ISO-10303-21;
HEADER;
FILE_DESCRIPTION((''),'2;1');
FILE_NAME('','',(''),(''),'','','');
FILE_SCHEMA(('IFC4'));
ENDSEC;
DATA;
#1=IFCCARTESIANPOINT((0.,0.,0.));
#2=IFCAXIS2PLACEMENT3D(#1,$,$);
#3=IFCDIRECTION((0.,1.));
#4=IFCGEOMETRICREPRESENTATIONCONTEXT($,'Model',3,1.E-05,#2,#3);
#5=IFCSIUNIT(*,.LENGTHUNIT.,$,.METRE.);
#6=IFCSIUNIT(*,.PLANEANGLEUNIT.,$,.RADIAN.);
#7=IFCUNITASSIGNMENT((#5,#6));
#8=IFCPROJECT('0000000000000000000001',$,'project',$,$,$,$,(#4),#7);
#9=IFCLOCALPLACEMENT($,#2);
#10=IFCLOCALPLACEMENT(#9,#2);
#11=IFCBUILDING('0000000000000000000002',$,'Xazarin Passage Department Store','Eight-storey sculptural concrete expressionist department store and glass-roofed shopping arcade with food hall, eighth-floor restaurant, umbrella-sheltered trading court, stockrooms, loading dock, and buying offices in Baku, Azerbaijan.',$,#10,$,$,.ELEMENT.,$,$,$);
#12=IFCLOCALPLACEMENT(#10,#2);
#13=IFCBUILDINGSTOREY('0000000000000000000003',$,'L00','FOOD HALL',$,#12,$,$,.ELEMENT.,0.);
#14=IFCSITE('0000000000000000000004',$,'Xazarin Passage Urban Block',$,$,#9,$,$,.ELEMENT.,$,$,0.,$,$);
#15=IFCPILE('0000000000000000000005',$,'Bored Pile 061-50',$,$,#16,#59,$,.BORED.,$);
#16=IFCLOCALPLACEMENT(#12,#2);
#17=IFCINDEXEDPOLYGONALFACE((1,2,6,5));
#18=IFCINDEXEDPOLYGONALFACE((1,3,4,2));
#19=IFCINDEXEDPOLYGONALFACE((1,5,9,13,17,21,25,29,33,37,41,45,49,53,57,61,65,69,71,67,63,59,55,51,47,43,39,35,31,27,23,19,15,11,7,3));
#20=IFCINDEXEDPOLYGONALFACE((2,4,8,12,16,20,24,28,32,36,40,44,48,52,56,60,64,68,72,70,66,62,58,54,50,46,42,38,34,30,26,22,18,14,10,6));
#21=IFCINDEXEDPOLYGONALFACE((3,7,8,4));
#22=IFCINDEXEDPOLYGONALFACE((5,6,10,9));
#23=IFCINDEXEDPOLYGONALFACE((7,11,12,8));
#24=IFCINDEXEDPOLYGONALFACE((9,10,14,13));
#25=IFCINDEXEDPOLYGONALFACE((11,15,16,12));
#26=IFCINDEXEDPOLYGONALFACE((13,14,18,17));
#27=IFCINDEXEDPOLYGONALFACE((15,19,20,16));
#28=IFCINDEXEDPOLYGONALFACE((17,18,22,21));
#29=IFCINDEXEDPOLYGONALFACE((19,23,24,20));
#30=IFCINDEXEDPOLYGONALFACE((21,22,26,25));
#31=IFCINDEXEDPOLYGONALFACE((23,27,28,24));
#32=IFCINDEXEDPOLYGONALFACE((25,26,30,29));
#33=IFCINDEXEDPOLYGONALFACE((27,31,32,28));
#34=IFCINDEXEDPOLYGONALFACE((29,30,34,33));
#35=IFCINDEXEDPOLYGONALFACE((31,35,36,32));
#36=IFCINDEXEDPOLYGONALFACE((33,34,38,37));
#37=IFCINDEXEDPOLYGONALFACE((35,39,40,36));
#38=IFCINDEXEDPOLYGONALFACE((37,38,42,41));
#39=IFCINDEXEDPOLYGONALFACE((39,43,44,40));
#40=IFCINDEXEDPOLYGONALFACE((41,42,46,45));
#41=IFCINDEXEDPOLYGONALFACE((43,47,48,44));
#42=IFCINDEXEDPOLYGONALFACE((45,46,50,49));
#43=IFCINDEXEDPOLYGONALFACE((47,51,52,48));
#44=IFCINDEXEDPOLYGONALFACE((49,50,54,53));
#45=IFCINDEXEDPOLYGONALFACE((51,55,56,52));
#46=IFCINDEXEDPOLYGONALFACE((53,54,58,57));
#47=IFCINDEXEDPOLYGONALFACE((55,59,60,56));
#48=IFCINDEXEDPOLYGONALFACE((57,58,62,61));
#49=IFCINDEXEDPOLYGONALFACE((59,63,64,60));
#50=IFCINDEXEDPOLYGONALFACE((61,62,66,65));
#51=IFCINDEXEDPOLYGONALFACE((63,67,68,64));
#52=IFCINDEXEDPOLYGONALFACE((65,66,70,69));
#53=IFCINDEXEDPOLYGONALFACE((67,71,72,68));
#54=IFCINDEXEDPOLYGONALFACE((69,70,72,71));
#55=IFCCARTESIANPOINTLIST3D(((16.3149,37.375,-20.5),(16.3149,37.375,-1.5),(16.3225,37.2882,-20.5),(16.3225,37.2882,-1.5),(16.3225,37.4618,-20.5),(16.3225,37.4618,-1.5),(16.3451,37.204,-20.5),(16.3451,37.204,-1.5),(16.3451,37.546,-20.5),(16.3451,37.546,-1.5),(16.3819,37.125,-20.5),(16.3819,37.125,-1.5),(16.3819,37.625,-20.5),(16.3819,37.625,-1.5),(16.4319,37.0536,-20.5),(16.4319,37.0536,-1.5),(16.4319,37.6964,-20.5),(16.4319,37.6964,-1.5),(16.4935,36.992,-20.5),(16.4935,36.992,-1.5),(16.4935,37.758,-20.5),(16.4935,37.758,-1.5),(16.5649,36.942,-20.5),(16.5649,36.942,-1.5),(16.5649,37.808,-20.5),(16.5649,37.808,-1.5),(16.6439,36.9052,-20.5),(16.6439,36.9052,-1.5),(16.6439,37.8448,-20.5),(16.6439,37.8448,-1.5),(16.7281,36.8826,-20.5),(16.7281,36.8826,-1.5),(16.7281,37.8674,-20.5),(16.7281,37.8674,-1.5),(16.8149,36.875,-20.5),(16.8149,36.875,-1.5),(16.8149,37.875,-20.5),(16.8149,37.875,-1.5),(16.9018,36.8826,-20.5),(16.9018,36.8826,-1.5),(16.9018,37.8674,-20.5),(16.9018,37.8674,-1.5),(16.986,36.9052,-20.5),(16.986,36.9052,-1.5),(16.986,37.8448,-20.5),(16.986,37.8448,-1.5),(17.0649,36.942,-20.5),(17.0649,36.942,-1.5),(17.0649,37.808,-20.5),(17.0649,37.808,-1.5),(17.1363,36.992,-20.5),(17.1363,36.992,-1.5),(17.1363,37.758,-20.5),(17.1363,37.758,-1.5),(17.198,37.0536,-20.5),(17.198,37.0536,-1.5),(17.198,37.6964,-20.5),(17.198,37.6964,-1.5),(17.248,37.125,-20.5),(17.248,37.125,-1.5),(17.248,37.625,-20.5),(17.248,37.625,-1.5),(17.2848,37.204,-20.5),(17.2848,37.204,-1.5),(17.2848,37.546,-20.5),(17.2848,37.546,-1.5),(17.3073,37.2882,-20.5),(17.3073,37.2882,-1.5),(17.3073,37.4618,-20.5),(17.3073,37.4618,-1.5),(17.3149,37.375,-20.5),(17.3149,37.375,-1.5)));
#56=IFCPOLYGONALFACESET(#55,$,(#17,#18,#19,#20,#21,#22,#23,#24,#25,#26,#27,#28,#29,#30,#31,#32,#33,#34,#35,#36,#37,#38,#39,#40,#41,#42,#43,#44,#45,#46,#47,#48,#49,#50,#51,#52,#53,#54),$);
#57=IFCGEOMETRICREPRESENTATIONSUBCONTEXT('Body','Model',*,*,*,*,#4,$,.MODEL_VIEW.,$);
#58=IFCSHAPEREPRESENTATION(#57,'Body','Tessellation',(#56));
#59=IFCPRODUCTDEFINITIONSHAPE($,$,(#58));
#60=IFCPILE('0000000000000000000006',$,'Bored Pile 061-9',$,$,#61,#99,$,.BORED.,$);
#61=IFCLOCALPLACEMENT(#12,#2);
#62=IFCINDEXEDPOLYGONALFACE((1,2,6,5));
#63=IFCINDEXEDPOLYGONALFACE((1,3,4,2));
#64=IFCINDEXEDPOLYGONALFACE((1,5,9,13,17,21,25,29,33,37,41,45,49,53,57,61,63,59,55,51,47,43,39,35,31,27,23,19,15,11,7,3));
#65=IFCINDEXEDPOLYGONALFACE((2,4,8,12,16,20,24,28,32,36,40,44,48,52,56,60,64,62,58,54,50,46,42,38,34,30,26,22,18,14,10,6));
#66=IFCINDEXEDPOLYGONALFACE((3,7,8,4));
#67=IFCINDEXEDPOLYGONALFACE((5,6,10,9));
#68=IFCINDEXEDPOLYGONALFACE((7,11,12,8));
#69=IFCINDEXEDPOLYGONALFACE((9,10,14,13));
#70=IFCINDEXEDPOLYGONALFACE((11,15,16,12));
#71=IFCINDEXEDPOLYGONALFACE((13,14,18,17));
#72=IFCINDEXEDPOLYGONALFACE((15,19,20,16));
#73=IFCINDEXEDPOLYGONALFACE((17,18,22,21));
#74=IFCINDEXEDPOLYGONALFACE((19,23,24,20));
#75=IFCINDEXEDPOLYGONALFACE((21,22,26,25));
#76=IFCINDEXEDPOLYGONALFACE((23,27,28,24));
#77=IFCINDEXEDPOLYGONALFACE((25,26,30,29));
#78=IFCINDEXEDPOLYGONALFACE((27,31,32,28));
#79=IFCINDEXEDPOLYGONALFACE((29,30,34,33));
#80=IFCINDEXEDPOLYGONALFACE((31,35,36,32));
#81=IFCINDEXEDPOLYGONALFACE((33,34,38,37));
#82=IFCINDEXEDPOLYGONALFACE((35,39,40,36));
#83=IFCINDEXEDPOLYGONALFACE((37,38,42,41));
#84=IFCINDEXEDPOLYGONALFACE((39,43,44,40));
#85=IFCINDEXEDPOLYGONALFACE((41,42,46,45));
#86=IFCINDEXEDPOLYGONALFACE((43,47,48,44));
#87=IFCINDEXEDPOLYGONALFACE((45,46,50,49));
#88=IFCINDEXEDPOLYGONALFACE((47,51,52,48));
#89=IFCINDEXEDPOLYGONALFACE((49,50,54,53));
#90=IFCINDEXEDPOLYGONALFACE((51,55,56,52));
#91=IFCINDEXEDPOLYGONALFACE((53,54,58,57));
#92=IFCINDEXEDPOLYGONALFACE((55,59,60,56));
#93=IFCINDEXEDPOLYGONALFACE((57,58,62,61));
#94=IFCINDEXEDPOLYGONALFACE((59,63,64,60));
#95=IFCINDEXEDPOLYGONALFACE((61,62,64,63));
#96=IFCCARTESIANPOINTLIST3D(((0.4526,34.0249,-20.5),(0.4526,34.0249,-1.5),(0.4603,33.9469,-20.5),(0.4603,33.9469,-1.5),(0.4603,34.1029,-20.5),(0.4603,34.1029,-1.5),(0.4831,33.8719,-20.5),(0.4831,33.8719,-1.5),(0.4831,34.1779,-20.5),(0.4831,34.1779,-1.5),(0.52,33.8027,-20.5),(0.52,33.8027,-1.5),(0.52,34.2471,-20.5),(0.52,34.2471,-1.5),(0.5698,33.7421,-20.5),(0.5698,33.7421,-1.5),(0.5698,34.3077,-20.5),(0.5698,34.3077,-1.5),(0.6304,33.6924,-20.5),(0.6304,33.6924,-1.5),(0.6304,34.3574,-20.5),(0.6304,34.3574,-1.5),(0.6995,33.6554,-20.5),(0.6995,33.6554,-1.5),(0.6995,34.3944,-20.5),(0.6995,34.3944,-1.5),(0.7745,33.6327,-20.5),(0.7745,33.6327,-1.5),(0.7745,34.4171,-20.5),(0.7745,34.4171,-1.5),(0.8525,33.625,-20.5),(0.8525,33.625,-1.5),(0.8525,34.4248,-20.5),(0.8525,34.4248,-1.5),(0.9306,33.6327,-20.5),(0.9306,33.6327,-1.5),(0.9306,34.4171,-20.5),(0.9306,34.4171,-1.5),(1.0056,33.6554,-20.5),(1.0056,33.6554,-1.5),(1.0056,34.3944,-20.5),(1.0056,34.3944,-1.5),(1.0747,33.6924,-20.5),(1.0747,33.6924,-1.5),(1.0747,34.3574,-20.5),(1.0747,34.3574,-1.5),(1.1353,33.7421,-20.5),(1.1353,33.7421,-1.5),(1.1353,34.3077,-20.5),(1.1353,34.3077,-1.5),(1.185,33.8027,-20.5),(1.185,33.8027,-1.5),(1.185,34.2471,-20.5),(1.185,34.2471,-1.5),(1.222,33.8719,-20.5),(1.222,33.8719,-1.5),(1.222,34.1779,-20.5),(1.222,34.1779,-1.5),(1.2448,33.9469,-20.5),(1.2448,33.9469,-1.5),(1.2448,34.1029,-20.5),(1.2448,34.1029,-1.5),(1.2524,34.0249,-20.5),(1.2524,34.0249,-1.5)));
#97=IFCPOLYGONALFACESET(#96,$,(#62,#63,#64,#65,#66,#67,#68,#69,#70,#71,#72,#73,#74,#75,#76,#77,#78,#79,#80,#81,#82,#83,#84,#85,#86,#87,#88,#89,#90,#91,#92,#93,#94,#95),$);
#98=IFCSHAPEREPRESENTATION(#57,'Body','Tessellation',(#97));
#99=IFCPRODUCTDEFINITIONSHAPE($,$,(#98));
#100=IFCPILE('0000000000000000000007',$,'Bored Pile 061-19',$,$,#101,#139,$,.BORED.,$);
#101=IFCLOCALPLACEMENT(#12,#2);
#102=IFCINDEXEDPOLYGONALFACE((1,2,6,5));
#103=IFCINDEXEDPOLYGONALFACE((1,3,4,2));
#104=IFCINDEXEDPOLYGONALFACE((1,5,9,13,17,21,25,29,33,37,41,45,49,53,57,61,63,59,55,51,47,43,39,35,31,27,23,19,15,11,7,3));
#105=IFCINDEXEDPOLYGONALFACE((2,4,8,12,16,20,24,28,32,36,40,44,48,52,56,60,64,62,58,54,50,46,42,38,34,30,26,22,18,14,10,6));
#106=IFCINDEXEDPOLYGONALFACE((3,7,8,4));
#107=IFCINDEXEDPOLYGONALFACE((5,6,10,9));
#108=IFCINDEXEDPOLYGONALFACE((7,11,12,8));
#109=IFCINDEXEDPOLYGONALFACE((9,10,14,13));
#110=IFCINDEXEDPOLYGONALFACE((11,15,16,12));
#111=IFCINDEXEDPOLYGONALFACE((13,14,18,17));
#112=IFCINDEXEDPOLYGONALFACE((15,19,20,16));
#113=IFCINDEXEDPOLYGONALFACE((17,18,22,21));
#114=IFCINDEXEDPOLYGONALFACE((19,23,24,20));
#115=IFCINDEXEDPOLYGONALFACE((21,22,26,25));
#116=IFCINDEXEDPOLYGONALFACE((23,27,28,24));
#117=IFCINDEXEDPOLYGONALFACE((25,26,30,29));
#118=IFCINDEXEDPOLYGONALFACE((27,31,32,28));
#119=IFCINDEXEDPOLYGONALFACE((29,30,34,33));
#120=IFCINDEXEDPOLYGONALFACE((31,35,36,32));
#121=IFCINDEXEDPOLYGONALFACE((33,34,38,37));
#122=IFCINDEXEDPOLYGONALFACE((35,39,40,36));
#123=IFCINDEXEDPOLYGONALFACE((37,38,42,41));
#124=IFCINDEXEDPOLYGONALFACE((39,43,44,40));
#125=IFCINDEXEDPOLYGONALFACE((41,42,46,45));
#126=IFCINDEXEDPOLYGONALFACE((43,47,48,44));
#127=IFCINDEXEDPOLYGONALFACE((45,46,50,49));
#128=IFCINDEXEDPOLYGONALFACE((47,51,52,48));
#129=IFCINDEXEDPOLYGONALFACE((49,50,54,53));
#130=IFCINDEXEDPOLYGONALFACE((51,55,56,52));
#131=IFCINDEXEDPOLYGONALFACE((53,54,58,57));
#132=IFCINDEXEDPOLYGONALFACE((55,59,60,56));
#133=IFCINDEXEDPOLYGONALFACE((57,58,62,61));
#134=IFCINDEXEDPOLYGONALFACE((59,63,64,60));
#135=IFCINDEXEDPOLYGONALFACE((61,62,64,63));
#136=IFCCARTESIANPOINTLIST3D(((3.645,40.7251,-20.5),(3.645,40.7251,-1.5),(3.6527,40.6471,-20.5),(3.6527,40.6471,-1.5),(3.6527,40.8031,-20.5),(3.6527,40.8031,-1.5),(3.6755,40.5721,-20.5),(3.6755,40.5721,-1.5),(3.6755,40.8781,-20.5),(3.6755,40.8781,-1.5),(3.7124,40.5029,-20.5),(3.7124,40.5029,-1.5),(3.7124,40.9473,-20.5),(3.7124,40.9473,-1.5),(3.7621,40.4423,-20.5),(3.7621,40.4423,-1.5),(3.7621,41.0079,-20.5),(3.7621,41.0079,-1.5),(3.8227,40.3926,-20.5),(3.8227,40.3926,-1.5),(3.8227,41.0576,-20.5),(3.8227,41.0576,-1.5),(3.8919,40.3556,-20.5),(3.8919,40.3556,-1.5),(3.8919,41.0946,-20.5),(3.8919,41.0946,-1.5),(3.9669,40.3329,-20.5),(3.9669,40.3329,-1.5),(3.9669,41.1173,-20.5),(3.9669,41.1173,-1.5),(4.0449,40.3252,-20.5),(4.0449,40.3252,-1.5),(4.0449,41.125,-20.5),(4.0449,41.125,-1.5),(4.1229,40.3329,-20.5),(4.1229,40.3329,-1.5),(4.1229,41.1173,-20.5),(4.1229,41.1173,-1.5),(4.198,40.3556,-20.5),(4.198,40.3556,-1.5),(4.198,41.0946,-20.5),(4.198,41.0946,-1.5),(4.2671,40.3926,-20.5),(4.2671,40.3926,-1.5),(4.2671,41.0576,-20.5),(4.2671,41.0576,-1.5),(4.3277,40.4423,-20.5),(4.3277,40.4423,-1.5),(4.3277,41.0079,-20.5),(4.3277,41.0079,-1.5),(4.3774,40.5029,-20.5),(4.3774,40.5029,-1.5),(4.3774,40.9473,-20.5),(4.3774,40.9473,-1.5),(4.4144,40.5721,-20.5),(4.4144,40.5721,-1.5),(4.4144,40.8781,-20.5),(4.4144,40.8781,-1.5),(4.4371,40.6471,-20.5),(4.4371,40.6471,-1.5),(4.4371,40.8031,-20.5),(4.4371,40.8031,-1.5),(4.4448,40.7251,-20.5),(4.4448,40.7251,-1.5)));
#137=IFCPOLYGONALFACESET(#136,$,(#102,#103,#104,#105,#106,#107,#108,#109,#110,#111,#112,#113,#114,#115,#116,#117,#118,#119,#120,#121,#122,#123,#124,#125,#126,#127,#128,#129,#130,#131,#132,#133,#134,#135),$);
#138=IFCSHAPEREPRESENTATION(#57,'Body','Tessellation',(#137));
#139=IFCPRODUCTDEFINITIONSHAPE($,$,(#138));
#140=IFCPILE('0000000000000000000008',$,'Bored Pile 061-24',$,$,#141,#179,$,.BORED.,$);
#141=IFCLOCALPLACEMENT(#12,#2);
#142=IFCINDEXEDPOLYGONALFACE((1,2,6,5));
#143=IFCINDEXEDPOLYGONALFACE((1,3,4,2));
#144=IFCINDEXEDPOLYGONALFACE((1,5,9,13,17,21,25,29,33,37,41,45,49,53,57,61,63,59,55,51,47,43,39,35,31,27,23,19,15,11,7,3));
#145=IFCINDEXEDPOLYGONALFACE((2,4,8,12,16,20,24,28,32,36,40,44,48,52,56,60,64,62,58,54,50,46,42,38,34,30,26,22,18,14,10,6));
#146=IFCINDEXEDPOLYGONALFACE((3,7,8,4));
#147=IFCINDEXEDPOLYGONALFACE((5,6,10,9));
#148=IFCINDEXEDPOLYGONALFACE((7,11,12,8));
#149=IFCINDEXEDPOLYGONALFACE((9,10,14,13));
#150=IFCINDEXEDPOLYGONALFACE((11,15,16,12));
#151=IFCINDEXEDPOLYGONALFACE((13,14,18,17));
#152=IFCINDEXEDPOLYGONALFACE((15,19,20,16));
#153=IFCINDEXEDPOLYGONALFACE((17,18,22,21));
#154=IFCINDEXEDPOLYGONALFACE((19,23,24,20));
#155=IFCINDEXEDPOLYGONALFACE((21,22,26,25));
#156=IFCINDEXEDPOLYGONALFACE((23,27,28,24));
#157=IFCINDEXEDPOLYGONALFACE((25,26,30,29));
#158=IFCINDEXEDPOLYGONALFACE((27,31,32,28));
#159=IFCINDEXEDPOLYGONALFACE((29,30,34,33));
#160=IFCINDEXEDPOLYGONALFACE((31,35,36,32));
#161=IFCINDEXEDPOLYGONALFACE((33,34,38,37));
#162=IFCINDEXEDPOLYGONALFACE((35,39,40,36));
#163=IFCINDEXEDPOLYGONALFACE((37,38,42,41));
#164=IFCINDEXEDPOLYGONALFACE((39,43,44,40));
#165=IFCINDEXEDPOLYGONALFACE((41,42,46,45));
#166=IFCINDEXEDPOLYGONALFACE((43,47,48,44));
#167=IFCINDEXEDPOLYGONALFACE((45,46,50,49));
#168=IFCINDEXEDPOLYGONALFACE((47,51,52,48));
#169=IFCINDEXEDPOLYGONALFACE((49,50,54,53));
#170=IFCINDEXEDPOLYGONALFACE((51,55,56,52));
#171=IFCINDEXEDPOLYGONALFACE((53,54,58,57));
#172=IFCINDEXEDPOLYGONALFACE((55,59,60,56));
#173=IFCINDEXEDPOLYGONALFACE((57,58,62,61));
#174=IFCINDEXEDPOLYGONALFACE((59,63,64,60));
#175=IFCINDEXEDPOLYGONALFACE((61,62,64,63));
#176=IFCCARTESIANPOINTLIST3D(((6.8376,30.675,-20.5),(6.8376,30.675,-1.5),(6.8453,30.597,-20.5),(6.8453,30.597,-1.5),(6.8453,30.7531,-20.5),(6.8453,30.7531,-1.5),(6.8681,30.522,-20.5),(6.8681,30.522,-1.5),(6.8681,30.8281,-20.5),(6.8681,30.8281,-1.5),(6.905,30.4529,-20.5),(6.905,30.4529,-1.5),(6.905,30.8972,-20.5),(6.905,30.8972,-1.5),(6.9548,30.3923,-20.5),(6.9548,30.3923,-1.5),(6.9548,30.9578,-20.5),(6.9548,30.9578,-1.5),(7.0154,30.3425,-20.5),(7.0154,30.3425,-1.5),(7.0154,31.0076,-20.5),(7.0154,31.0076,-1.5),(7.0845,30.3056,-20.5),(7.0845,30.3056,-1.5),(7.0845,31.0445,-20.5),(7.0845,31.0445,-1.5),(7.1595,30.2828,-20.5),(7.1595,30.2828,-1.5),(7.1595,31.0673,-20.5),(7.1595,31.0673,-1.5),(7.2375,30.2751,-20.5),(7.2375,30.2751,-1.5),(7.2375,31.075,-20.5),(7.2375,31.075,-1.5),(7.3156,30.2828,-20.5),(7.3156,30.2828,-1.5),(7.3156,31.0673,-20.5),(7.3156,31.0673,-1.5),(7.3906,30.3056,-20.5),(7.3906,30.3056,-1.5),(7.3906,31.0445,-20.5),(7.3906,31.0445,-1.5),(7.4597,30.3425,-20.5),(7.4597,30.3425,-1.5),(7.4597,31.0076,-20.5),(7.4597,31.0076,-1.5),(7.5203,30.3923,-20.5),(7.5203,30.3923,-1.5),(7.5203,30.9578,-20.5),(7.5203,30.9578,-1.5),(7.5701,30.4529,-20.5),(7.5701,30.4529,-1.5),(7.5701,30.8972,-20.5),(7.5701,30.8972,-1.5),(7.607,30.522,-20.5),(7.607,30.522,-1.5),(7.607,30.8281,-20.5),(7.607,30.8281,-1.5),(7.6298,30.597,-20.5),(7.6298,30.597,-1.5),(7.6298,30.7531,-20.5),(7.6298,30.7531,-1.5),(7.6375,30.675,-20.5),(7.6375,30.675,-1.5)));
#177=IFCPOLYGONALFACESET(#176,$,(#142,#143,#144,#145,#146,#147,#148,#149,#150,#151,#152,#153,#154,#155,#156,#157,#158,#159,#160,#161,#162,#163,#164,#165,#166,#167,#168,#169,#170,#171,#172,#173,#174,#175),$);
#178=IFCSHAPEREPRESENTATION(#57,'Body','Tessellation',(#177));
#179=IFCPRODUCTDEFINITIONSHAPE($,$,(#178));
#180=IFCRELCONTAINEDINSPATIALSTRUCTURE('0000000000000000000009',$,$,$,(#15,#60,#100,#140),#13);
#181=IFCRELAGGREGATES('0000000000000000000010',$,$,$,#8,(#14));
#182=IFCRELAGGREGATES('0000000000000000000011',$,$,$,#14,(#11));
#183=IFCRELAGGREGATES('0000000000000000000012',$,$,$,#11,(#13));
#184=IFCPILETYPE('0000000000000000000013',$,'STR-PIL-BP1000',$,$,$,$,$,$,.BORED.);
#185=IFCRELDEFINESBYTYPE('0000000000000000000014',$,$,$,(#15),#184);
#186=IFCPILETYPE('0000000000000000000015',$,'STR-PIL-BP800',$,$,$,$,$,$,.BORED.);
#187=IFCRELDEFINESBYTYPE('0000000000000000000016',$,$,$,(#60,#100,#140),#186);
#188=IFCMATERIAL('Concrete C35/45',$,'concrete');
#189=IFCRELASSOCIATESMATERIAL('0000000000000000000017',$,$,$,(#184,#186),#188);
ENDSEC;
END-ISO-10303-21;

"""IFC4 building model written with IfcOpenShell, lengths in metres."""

from ifc_helpers import new_model, si_unit, direction, frame, origin, origin_2d, place, context, subcontext, project, spatial, circle, extrude, material, material_profile, profile_set, type_object, element, save


model = new_model("IFC4")

# Units and contexts
model_context = context("Model", 3, precision=1e-05, world=origin(), true_north=direction((0.0, 1.0)))
body_context = subcontext(model_context, "Body", "Model", "MODEL_VIEW")
ifc_project = project(units=[si_unit("LENGTHUNIT", "METRE"), si_unit("PLANEANGLEUNIT", "RADIAN")], contexts=[model_context])

# Site, building, storey
site_placement = place(None, origin())
site = spatial("IfcSite", under=ifc_project, at=site_placement, Name="Xazarin Passage Urban Block", CompositionType="ELEMENT", RefElevation=0.0)
building_placement = place(site_placement, origin())
building = spatial("IfcBuilding", under=site, at=building_placement, Name="Xazarin Passage Department Store", Description="Eight-storey sculptural concrete expressionist department store and glass-roofed shopping arcade with food hall, eighth-floor restaurant, umbrella-sheltered trading court, stockrooms, loading dock, and buying offices in Baku, Azerbaijan.", CompositionType="ELEMENT")
storey_placement = place(building_placement, origin())
storey = spatial("IfcBuildingStorey", under=building, at=storey_placement, Name="L00", Description="FOOD HALL", CompositionType="ELEMENT", Elevation=0.0)

# Piles
ifc_material_1 = material(Name="Concrete C35/45", Category="concrete")
ifc_material_profile_1 = material_profile(ifc_material_1, circle(Radius=0.5, at=origin_2d()), Name="BP 1000")
ifc_profile_set_1 = profile_set([ifc_material_profile_1], Name="Concrete C35/45")
pile_type_1 = type_object("IfcPileType", Name="STR-PIL-BP1000", PredefinedType="BORED", material=ifc_profile_set_1)
for number, where, z_axis, x_axis, name in (
    (1, (16.8149, 37.375, -1.5), (0.0, 0.0, -1.0), (1.0, 0.0, 0.0), "Bored Pile 061-50"),
):
    element("IfcPile", number, at=place(storey_placement, frame(where, z_axis=z_axis, x_axis=x_axis)), inside=storey, type_object=pile_type_1, Name=name, PredefinedType="BORED", context=body_context, shape_type="SweptSolid", body=[
        extrude(circle(Radius=0.5, at=origin_2d()), origin(), (0.0, 0.0, 1.0), 19.0),
    ])
ifc_material_profile_2 = material_profile(ifc_material_1, circle(Radius=0.3999, at=origin_2d()), Name="BP 800")
ifc_profile_set_2 = profile_set([ifc_material_profile_2], Name="Concrete C35/45")
pile_type_2 = type_object("IfcPileType", Name="STR-PIL-BP800", PredefinedType="BORED", material=ifc_profile_set_2)
for number, where, z_axis, x_axis, name in (
    (2, (0.8525, 34.0249, -1.5), (0.0, 0.0, -1.0), (1.0, 0.0, 0.0), "Bored Pile 061-9"),
    (3, (4.0449, 40.7251, -1.5), (0.0, 0.0, -1.0), (1.0, 0.0, 0.0), "Bored Pile 061-19"),
    (4, (7.2375, 30.675, -1.5), (0.0, 0.0, -1.0), (1.0, 0.0, 0.0), "Bored Pile 061-24"),
):
    element("IfcPile", number, at=place(storey_placement, frame(where, z_axis=z_axis, x_axis=x_axis)), inside=storey, type_object=pile_type_2, Name=name, PredefinedType="BORED", context=body_context, shape_type="SweptSolid", body=[
        extrude(circle(Radius=0.3999, at=origin_2d()), origin(), (0.0, 0.0, 1.0), 19.0),
    ])

save(model, "model.ifc")
